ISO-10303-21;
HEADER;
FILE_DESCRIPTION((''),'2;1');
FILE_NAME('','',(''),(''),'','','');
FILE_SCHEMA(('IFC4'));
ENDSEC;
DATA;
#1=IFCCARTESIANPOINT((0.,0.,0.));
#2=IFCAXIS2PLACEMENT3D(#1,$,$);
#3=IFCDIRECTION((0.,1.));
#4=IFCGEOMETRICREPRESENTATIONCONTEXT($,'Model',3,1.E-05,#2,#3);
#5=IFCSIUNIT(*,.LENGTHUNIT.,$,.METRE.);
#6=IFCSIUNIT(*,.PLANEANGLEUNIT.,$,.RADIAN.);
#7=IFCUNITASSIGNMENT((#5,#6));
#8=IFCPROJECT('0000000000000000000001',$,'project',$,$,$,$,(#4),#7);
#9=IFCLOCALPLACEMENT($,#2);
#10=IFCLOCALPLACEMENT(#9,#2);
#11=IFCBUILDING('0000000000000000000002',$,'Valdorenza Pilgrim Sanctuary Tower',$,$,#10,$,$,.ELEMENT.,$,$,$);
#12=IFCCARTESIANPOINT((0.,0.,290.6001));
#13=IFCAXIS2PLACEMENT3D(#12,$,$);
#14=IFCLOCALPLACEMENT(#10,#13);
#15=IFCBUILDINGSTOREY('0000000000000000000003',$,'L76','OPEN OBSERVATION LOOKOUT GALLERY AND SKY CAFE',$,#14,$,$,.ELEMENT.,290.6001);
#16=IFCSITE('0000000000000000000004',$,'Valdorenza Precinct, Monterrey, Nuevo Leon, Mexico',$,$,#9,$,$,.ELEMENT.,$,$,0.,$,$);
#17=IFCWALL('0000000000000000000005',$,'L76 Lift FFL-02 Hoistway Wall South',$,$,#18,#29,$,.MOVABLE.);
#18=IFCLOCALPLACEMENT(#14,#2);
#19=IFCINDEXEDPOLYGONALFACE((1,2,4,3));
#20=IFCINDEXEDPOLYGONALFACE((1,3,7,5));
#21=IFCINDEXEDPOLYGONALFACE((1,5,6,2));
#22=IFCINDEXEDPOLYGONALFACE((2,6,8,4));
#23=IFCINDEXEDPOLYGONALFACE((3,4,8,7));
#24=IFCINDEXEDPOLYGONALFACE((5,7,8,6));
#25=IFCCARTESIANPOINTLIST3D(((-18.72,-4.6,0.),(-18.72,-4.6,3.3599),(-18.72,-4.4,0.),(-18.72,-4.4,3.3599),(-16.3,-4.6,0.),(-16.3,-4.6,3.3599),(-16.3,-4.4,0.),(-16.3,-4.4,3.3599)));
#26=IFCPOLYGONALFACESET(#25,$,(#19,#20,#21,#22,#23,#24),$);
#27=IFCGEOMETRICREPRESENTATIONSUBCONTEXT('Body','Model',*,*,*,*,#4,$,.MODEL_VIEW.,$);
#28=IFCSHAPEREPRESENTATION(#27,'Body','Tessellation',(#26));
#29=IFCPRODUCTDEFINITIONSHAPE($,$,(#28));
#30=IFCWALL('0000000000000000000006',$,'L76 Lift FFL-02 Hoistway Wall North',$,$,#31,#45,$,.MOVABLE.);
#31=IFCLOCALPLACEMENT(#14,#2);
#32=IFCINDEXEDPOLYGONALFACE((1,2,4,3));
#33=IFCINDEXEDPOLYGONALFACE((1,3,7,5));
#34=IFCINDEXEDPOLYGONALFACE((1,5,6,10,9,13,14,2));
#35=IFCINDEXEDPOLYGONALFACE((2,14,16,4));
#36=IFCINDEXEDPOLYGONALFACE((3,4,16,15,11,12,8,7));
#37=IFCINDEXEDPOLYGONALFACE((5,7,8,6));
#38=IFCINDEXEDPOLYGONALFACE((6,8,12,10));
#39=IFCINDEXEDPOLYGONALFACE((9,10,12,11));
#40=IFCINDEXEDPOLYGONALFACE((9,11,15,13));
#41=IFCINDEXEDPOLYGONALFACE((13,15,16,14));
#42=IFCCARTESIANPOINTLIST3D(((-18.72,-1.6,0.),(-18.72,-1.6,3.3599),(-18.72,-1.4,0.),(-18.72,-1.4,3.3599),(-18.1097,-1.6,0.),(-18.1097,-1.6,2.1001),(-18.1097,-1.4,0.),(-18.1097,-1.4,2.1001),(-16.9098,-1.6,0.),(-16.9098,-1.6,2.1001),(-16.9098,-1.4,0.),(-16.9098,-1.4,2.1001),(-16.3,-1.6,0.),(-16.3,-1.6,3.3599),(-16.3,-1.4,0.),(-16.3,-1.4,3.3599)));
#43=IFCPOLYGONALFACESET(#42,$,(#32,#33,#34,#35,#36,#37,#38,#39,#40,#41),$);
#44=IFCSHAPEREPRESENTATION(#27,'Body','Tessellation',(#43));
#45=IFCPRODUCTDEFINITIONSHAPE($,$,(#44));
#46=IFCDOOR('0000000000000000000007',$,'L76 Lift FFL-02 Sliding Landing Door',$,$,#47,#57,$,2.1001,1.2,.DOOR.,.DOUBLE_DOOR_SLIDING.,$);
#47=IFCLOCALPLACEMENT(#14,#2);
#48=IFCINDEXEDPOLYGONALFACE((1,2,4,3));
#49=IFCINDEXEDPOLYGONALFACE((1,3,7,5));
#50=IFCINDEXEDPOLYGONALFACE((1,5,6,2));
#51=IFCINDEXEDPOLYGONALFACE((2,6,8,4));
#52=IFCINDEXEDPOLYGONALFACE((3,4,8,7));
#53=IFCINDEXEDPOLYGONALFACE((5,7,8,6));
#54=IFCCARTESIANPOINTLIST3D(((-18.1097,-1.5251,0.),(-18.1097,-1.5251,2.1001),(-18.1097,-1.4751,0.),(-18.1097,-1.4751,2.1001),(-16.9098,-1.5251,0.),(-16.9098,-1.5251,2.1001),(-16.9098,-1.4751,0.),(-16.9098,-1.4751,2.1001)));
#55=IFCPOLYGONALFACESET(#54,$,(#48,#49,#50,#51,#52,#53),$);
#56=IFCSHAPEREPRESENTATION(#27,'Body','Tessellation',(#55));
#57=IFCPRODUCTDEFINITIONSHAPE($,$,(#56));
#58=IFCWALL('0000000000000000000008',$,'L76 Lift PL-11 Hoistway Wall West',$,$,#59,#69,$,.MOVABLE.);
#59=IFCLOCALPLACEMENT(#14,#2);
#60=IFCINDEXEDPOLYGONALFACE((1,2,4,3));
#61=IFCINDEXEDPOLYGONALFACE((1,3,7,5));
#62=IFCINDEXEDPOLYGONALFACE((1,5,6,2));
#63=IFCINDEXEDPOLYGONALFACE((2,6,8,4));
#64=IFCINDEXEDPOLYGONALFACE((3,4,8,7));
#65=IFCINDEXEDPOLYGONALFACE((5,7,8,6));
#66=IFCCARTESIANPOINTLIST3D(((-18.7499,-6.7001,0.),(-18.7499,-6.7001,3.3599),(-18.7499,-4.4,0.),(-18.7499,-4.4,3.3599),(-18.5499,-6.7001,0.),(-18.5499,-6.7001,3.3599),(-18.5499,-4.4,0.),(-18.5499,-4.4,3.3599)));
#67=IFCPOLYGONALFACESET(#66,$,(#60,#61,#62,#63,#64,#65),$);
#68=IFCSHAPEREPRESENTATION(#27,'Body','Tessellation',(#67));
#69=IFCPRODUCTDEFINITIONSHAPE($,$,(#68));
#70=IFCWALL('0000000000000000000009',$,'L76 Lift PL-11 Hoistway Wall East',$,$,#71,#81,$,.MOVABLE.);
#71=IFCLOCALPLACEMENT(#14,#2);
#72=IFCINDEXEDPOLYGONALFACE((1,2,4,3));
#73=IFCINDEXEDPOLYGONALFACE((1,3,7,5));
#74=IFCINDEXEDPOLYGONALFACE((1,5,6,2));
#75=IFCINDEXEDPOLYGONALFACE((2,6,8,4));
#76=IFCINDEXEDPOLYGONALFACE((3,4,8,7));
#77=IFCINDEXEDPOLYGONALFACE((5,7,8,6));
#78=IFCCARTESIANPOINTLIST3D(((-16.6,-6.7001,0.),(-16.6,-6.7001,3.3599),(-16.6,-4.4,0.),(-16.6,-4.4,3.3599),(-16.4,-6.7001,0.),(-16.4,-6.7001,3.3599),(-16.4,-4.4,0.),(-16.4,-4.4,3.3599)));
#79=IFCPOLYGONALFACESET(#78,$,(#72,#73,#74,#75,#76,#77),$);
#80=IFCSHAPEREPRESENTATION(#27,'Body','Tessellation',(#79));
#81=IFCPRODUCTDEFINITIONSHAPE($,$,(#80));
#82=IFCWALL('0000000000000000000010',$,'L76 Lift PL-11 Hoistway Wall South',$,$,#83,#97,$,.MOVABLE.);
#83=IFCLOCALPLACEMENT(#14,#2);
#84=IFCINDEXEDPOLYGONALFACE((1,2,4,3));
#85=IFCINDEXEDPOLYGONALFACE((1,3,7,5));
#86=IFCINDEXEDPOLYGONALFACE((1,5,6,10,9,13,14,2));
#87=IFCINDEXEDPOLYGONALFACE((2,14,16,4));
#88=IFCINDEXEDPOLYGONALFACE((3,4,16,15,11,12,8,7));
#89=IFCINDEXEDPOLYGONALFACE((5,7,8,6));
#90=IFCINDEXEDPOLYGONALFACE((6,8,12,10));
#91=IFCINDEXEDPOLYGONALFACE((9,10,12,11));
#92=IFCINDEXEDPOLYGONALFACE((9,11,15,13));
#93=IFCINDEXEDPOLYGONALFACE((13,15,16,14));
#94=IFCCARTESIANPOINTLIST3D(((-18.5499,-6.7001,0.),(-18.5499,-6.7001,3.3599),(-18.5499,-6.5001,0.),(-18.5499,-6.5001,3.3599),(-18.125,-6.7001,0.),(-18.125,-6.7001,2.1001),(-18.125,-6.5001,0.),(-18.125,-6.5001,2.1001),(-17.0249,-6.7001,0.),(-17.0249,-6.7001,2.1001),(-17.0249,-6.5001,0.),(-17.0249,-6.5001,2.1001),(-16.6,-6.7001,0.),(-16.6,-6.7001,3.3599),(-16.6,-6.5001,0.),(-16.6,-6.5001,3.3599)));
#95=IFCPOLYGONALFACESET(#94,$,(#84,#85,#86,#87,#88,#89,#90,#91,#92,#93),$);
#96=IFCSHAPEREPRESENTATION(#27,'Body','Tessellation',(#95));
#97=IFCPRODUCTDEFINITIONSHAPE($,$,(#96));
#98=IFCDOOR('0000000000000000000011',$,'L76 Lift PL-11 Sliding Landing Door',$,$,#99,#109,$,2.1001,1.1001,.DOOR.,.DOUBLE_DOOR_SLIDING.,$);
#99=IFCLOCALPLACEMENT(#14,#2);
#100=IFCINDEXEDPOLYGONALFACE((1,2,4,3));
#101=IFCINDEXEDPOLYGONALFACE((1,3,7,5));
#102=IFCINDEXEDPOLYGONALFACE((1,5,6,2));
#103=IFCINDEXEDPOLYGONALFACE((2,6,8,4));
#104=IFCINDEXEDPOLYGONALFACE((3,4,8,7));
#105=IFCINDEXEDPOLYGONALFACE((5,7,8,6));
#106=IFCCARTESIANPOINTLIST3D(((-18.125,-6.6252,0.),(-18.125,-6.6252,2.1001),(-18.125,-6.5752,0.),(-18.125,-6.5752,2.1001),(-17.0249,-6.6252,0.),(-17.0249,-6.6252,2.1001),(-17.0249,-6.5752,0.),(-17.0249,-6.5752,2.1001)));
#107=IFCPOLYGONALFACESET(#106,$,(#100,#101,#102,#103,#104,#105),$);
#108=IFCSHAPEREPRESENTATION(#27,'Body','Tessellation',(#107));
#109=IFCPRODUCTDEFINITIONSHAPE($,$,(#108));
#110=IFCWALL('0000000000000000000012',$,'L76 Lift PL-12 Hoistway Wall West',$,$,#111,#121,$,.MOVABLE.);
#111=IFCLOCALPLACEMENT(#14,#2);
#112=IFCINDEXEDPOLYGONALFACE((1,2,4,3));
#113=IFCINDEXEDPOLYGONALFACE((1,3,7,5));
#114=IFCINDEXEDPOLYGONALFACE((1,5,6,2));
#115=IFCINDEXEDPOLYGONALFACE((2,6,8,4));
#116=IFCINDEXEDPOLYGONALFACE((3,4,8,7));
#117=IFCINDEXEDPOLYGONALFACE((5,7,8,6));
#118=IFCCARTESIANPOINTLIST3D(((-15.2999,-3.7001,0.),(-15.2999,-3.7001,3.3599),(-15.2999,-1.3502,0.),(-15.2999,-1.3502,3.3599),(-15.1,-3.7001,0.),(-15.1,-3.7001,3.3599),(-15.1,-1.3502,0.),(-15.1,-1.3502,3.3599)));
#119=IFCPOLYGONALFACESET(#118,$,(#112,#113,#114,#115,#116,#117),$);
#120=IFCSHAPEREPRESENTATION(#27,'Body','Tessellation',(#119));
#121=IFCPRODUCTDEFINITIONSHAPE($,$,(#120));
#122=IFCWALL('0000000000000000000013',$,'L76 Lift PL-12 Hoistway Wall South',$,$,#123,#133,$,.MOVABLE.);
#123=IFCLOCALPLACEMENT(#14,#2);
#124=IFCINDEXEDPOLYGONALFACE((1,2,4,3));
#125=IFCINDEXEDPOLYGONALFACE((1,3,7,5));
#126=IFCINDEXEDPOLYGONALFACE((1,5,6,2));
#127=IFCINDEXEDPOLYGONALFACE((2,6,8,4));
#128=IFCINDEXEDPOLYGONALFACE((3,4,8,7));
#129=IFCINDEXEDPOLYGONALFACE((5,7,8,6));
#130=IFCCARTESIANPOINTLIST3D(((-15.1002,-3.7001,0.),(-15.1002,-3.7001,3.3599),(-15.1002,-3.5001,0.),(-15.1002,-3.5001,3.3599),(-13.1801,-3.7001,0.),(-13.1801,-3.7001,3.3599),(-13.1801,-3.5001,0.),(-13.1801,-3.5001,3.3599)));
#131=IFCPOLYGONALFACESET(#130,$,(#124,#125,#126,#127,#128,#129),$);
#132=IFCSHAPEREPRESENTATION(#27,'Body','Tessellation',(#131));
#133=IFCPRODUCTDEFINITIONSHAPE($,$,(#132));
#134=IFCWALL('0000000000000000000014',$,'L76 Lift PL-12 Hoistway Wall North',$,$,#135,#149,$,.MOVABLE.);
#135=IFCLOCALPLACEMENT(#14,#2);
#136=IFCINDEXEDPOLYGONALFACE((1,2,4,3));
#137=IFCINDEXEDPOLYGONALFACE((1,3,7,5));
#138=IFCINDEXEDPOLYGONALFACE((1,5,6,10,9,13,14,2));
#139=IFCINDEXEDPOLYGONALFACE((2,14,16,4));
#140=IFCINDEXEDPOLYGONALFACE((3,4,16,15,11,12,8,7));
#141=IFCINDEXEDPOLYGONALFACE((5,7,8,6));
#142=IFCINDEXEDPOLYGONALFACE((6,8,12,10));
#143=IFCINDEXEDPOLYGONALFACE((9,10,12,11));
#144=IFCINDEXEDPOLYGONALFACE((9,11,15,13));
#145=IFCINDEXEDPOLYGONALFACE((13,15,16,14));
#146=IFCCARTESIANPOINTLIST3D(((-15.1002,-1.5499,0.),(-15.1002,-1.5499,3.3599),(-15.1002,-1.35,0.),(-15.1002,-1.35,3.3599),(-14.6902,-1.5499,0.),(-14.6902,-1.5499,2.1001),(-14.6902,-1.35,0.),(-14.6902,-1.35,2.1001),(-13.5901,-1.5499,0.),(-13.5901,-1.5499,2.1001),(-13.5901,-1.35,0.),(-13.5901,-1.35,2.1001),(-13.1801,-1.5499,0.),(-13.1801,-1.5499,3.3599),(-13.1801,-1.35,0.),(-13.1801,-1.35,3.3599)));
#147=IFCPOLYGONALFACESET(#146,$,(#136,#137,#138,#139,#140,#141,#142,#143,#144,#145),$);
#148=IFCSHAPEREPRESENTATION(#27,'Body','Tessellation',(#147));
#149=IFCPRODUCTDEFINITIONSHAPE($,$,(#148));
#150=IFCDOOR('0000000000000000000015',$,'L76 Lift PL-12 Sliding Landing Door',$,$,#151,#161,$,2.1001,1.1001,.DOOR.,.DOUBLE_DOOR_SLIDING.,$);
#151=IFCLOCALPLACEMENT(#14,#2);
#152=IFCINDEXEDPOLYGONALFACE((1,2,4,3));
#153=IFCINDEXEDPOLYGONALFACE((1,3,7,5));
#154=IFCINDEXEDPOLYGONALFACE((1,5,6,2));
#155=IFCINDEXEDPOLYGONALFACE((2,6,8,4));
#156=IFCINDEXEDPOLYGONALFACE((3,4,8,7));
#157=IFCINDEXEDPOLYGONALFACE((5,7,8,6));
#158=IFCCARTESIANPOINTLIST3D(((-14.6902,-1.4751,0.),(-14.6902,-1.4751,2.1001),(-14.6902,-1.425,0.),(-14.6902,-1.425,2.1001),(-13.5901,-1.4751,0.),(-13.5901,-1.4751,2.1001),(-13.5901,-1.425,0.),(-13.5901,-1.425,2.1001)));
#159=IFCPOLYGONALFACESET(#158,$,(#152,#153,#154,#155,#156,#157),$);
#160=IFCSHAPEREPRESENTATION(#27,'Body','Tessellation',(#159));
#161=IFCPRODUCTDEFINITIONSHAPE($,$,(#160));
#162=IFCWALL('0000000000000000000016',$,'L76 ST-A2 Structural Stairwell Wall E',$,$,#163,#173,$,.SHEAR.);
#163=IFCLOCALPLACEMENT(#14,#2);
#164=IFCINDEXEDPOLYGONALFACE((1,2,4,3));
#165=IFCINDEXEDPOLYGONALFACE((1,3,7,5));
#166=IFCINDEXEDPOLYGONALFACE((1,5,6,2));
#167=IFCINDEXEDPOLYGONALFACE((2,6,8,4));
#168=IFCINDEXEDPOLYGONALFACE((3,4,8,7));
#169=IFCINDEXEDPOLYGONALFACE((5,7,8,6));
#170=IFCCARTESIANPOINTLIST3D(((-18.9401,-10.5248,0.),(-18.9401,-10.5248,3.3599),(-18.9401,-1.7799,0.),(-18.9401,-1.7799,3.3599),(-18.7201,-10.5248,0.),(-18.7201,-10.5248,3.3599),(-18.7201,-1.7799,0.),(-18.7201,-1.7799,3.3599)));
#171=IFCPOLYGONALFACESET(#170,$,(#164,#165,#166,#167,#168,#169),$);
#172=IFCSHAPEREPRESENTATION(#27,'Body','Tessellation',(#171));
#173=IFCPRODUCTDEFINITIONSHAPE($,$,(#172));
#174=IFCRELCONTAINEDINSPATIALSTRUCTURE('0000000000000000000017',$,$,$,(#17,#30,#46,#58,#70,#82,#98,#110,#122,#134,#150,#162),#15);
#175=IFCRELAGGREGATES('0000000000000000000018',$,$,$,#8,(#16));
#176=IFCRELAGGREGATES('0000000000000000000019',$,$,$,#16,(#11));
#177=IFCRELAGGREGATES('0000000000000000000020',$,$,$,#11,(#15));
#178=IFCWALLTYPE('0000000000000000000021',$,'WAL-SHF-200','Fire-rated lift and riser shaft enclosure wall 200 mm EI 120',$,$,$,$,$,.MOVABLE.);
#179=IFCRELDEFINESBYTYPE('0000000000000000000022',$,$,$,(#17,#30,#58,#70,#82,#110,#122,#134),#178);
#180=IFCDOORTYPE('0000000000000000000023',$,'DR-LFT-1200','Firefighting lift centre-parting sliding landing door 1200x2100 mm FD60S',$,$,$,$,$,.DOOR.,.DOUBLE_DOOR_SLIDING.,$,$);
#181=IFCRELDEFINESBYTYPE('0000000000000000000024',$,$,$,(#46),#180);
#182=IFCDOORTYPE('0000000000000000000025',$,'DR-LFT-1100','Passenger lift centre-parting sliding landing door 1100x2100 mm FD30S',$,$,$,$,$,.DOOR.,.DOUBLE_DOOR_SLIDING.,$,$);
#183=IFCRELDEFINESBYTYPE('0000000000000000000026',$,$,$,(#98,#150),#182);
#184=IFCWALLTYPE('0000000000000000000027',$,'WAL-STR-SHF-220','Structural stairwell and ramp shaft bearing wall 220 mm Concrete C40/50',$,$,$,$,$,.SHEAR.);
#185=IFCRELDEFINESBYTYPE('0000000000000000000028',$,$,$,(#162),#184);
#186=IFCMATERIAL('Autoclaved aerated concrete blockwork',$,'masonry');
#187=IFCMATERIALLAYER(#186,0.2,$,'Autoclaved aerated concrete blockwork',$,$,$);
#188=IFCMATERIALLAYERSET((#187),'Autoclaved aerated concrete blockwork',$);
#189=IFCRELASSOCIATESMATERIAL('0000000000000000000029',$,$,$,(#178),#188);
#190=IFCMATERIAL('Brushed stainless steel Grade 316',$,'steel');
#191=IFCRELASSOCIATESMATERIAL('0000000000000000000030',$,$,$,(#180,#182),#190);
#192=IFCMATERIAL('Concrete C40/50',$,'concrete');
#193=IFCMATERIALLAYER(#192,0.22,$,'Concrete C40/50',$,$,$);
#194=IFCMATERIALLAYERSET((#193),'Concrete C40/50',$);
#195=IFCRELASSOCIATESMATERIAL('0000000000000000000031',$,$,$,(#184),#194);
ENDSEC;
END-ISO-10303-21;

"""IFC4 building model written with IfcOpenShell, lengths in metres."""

from ifc_helpers import new_model, si_unit, direction, frame, frame_2d, origin, place, context, subcontext, project, spatial, rectangle, extrude, material, layer, layer_set, type_object, element, fill, save


model = new_model("IFC4")

# Units and contexts
model_context = context("Model", 3, precision=1e-05, world=origin(), true_north=direction((0.0, 1.0)))
body_context = subcontext(model_context, "Body", "Model", "MODEL_VIEW")
ifc_project = project(units=[si_unit("LENGTHUNIT", "METRE"), si_unit("PLANEANGLEUNIT", "RADIAN")], contexts=[model_context])

# Site, building, storey
site_placement = place(None, origin())
site = spatial("IfcSite", under=ifc_project, at=site_placement, Name="Valdorenza Precinct, Monterrey, Nuevo Leon, Mexico", CompositionType="ELEMENT", RefElevation=0.0)
building_placement = place(site_placement, origin())
building = spatial("IfcBuilding", under=site, at=building_placement, Name="Valdorenza Pilgrim Sanctuary Tower", CompositionType="ELEMENT")
storey_placement = place(building_placement, frame((0.0, 0.0, 290.6001)))
storey = spatial("IfcBuildingStorey", under=building, at=storey_placement, Name="L76", Description="OPEN OBSERVATION LOOKOUT GALLERY AND SKY CAFE", CompositionType="ELEMENT", Elevation=290.6001)

# Wall
ifc_material_1 = material(Name="Autoclaved aerated concrete blockwork", Category="masonry")
ifc_layer_1 = layer(ifc_material_1, 0.2, Name="Autoclaved aerated concrete blockwork")
ifc_layer_set_1 = layer_set([ifc_layer_1], Name="Autoclaved aerated concrete blockwork")
wall_type_1 = type_object("IfcWallType", Name="WAL-SHF-200", Description="Fire-rated lift and riser shaft enclosure wall 200 mm EI 120", PredefinedType="MOVABLE", material=ifc_layer_set_1)
wall_1_placement = place(storey_placement, frame((-18.72, -4.5, 0.0), z_axis=(0.0, 0.0, 1.0), x_axis=(1.0, 0.0, 0.0)))
element("IfcWall", 1, at=wall_1_placement, inside=storey, type_object=wall_type_1, Name="L76 Lift FFL-02 Hoistway Wall South", PredefinedType="MOVABLE", context=body_context, shape_type="SweptSolid", body=[
    extrude(rectangle(XDim=2.4199, YDim=0.2, at=frame_2d((1.21, 0.0))), origin(), (0.0, 0.0, 1.0), 3.3599),
])

# Wall, opening, door
wall_2_placement = place(storey_placement, frame((-18.72, -1.5, 0.0), z_axis=(0.0, 0.0, 1.0), x_axis=(1.0, 0.0, 0.0)))
wall_2 = element("IfcWall", 2, at=wall_2_placement, inside=storey, type_object=wall_type_1, Name="L76 Lift FFL-02 Hoistway Wall North", PredefinedType="MOVABLE", context=body_context, shape_type="SweptSolid", body=[
    extrude(rectangle(XDim=2.4199, YDim=0.2, at=frame_2d((1.21, 0.0))), origin(), (0.0, 0.0, 1.0), 3.3599),
])
opening_1_placement = place(wall_2_placement, frame((0.6101, 0.0, 0.0)))
opening_1 = element("IfcOpeningElement", 3, at=opening_1_placement, cuts=wall_2, PredefinedType="OPENING", context=body_context, shape_type="SweptSolid", body=[
    extrude(rectangle(XDim=1.2, YDim=2.1001, at=frame_2d((0.6001, 1.05))), frame((0.0, 0.1147, 0.0), z_axis=(0.0, -1.0, 0.0), x_axis=(1.0, 0.0, 0.0)), (0.0, 0.0, 1.0), 0.2297),
])
ifc_material_2 = material(Name="Brushed stainless steel Grade 316", Category="steel")
door_type_1 = type_object("IfcDoorType", Name="DR-LFT-1200", Description="Firefighting lift centre-parting sliding landing door 1200x2100 mm FD60S", OperationType="DOUBLE_DOOR_SLIDING", PredefinedType="DOOR", material=ifc_material_2)
door_1_placement = place(opening_1_placement, origin())
door_1 = element("IfcDoor", 4, at=door_1_placement, inside=storey, type_object=door_type_1, Name="L76 Lift FFL-02 Sliding Landing Door", OperationType="DOUBLE_DOOR_SLIDING", OverallHeight=2.1001, OverallWidth=1.2, PredefinedType="DOOR", context=body_context, shape_type="SweptSolid", body=[
    extrude(rectangle(XDim=1.2, YDim=2.1001, at=frame_2d((0.6001, 1.05))), frame((0.0, 0.0249, 0.0), z_axis=(0.0, -1.0, 0.0), x_axis=(1.0, 0.0, 0.0)), (0.0, 0.0, 1.0), 0.05),
])
fill(opening_1, door_1)

# Walls
for number, where, z_axis, x_axis, name in (
    (5, (-18.6499, -6.7, 0.0), (0.0, 0.0, 1.0), (0.0, 1.0, 0.0), "L76 Lift PL-11 Hoistway Wall West"),
    (6, (-16.5, -6.7, 0.0), (0.0, 0.0, 1.0), (0.0, 1.0, 0.0), "L76 Lift PL-11 Hoistway Wall East"),
):
    element("IfcWall", number, at=place(storey_placement, frame(where, z_axis=z_axis, x_axis=x_axis)), inside=storey, type_object=wall_type_1, Name=name, PredefinedType="MOVABLE", context=body_context, shape_type="SweptSolid", body=[
        extrude(rectangle(XDim=2.3, YDim=0.2, at=frame_2d((1.1499, 0.0))), origin(), (0.0, 0.0, 1.0), 3.3599),
    ])

# Wall, opening, door
wall_3_placement = place(storey_placement, frame((-18.55, -6.6001, 0.0), z_axis=(0.0, 0.0, 1.0), x_axis=(1.0, 0.0, 0.0)))
wall_3 = element("IfcWall", 7, at=wall_3_placement, inside=storey, type_object=wall_type_1, Name="L76 Lift PL-11 Hoistway Wall South", PredefinedType="MOVABLE", context=body_context, shape_type="SweptSolid", body=[
    extrude(rectangle(XDim=1.95, YDim=0.2, at=frame_2d((0.9751, 0.0))), origin(), (0.0, 0.0, 1.0), 3.3599),
])
opening_2_placement = place(wall_3_placement, frame((0.425, 0.0, 0.0)))
opening_2 = element("IfcOpeningElement", 8, at=opening_2_placement, cuts=wall_3, PredefinedType="OPENING", context=body_context, shape_type="SweptSolid", body=[
    extrude(rectangle(XDim=1.1001, YDim=2.1001, at=frame_2d((0.55, 1.05))), frame((0.0, 0.1147, 0.0), z_axis=(0.0, -1.0, 0.0), x_axis=(1.0, 0.0, 0.0)), (0.0, 0.0, 1.0), 0.2297),
])
door_type_2 = type_object("IfcDoorType", Name="DR-LFT-1100", Description="Passenger lift centre-parting sliding landing door 1100x2100 mm FD30S", OperationType="DOUBLE_DOOR_SLIDING", PredefinedType="DOOR", material=ifc_material_2)
door_2_placement = place(opening_2_placement, origin())
door_2 = element("IfcDoor", 9, at=door_2_placement, inside=storey, type_object=door_type_2, Name="L76 Lift PL-11 Sliding Landing Door", OperationType="DOUBLE_DOOR_SLIDING", OverallHeight=2.1001, OverallWidth=1.1001, PredefinedType="DOOR", context=body_context, shape_type="SweptSolid", body=[
    extrude(rectangle(XDim=1.1001, YDim=2.1001, at=frame_2d((0.55, 1.05))), frame((0.0, 0.0249, 0.0), z_axis=(0.0, -1.0, 0.0), x_axis=(1.0, 0.0, 0.0)), (0.0, 0.0, 1.0), 0.05),
])
fill(opening_2, door_2)

# Walls
wall_4_placement = place(storey_placement, frame((-15.2, -3.7, 0.0), z_axis=(0.0, 0.0, 1.0), x_axis=(0.0, 1.0, 0.0)))
element("IfcWall", 10, at=wall_4_placement, inside=storey, type_object=wall_type_1, Name="L76 Lift PL-12 Hoistway Wall West", PredefinedType="MOVABLE", context=body_context, shape_type="SweptSolid", body=[
    extrude(rectangle(XDim=2.3499, YDim=0.2, at=frame_2d((1.1748, 0.0))), origin(), (0.0, 0.0, 1.0), 3.3599),
])
wall_5_placement = place(storey_placement, frame((-15.1001, -3.6001, 0.0), z_axis=(0.0, 0.0, 1.0), x_axis=(1.0, 0.0, 0.0)))
element("IfcWall", 11, at=wall_5_placement, inside=storey, type_object=wall_type_1, Name="L76 Lift PL-12 Hoistway Wall South", PredefinedType="MOVABLE", context=body_context, shape_type="SweptSolid", body=[
    extrude(rectangle(XDim=1.9202, YDim=0.2, at=frame_2d((0.96, 0.0))), origin(), (0.0, 0.0, 1.0), 3.3599),
])

# Wall, opening, door
wall_6_placement = place(storey_placement, frame((-15.1001, -1.45, 0.0), z_axis=(0.0, 0.0, 1.0), x_axis=(1.0, 0.0, 0.0)))
wall_6 = element("IfcWall", 12, at=wall_6_placement, inside=storey, type_object=wall_type_1, Name="L76 Lift PL-12 Hoistway Wall North", PredefinedType="MOVABLE", context=body_context, shape_type="SweptSolid", body=[
    extrude(rectangle(XDim=1.9202, YDim=0.2, at=frame_2d((0.96, 0.0))), origin(), (0.0, 0.0, 1.0), 3.3599),
])
opening_3_placement = place(wall_6_placement, frame((0.4099, 0.0, 0.0)))
opening_3 = element("IfcOpeningElement", 13, at=opening_3_placement, cuts=wall_6, PredefinedType="OPENING", context=body_context, shape_type="SweptSolid", body=[
    extrude(rectangle(XDim=1.1001, YDim=2.1001, at=frame_2d((0.55, 1.05))), frame((0.0, 0.1147, 0.0), z_axis=(0.0, -1.0, 0.0), x_axis=(1.0, 0.0, 0.0)), (0.0, 0.0, 1.0), 0.2297),
])
door_3_placement = place(opening_3_placement, origin())
door_3 = element("IfcDoor", 14, at=door_3_placement, inside=storey, type_object=door_type_2, Name="L76 Lift PL-12 Sliding Landing Door", OperationType="DOUBLE_DOOR_SLIDING", OverallHeight=2.1001, OverallWidth=1.1001, PredefinedType="DOOR", context=body_context, shape_type="SweptSolid", body=[
    extrude(rectangle(XDim=1.1001, YDim=2.1001, at=frame_2d((0.55, 1.05))), frame((0.0, 0.0249, 0.0), z_axis=(0.0, -1.0, 0.0), x_axis=(1.0, 0.0, 0.0)), (0.0, 0.0, 1.0), 0.05),
])
fill(opening_3, door_3)

# Wall
ifc_material_3 = material(Name="Concrete C40/50", Category="concrete")
ifc_layer_2 = layer(ifc_material_3, 0.22, Name="Concrete C40/50")
ifc_layer_set_2 = layer_set([ifc_layer_2], Name="Concrete C40/50")
wall_type_2 = type_object("IfcWallType", Name="WAL-STR-SHF-220", Description="Structural stairwell and ramp shaft bearing wall 220 mm Concrete C40/50", PredefinedType="SHEAR", material=ifc_layer_set_2)
wall_7_placement = place(storey_placement, frame((-18.8301, -10.5249, 0.0), z_axis=(0.0, 0.0, 1.0), x_axis=(0.0, 1.0, 0.0)))
element("IfcWall", 15, at=wall_7_placement, inside=storey, type_object=wall_type_2, Name="L76 ST-A2 Structural Stairwell Wall E", PredefinedType="SHEAR", context=body_context, shape_type="SweptSolid", body=[
    extrude(rectangle(XDim=8.7449, YDim=0.22, at=frame_2d((4.3726, 0.0))), origin(), (0.0, 0.0, 1.0), 3.3599),
])

save(model, "model.ifc")
